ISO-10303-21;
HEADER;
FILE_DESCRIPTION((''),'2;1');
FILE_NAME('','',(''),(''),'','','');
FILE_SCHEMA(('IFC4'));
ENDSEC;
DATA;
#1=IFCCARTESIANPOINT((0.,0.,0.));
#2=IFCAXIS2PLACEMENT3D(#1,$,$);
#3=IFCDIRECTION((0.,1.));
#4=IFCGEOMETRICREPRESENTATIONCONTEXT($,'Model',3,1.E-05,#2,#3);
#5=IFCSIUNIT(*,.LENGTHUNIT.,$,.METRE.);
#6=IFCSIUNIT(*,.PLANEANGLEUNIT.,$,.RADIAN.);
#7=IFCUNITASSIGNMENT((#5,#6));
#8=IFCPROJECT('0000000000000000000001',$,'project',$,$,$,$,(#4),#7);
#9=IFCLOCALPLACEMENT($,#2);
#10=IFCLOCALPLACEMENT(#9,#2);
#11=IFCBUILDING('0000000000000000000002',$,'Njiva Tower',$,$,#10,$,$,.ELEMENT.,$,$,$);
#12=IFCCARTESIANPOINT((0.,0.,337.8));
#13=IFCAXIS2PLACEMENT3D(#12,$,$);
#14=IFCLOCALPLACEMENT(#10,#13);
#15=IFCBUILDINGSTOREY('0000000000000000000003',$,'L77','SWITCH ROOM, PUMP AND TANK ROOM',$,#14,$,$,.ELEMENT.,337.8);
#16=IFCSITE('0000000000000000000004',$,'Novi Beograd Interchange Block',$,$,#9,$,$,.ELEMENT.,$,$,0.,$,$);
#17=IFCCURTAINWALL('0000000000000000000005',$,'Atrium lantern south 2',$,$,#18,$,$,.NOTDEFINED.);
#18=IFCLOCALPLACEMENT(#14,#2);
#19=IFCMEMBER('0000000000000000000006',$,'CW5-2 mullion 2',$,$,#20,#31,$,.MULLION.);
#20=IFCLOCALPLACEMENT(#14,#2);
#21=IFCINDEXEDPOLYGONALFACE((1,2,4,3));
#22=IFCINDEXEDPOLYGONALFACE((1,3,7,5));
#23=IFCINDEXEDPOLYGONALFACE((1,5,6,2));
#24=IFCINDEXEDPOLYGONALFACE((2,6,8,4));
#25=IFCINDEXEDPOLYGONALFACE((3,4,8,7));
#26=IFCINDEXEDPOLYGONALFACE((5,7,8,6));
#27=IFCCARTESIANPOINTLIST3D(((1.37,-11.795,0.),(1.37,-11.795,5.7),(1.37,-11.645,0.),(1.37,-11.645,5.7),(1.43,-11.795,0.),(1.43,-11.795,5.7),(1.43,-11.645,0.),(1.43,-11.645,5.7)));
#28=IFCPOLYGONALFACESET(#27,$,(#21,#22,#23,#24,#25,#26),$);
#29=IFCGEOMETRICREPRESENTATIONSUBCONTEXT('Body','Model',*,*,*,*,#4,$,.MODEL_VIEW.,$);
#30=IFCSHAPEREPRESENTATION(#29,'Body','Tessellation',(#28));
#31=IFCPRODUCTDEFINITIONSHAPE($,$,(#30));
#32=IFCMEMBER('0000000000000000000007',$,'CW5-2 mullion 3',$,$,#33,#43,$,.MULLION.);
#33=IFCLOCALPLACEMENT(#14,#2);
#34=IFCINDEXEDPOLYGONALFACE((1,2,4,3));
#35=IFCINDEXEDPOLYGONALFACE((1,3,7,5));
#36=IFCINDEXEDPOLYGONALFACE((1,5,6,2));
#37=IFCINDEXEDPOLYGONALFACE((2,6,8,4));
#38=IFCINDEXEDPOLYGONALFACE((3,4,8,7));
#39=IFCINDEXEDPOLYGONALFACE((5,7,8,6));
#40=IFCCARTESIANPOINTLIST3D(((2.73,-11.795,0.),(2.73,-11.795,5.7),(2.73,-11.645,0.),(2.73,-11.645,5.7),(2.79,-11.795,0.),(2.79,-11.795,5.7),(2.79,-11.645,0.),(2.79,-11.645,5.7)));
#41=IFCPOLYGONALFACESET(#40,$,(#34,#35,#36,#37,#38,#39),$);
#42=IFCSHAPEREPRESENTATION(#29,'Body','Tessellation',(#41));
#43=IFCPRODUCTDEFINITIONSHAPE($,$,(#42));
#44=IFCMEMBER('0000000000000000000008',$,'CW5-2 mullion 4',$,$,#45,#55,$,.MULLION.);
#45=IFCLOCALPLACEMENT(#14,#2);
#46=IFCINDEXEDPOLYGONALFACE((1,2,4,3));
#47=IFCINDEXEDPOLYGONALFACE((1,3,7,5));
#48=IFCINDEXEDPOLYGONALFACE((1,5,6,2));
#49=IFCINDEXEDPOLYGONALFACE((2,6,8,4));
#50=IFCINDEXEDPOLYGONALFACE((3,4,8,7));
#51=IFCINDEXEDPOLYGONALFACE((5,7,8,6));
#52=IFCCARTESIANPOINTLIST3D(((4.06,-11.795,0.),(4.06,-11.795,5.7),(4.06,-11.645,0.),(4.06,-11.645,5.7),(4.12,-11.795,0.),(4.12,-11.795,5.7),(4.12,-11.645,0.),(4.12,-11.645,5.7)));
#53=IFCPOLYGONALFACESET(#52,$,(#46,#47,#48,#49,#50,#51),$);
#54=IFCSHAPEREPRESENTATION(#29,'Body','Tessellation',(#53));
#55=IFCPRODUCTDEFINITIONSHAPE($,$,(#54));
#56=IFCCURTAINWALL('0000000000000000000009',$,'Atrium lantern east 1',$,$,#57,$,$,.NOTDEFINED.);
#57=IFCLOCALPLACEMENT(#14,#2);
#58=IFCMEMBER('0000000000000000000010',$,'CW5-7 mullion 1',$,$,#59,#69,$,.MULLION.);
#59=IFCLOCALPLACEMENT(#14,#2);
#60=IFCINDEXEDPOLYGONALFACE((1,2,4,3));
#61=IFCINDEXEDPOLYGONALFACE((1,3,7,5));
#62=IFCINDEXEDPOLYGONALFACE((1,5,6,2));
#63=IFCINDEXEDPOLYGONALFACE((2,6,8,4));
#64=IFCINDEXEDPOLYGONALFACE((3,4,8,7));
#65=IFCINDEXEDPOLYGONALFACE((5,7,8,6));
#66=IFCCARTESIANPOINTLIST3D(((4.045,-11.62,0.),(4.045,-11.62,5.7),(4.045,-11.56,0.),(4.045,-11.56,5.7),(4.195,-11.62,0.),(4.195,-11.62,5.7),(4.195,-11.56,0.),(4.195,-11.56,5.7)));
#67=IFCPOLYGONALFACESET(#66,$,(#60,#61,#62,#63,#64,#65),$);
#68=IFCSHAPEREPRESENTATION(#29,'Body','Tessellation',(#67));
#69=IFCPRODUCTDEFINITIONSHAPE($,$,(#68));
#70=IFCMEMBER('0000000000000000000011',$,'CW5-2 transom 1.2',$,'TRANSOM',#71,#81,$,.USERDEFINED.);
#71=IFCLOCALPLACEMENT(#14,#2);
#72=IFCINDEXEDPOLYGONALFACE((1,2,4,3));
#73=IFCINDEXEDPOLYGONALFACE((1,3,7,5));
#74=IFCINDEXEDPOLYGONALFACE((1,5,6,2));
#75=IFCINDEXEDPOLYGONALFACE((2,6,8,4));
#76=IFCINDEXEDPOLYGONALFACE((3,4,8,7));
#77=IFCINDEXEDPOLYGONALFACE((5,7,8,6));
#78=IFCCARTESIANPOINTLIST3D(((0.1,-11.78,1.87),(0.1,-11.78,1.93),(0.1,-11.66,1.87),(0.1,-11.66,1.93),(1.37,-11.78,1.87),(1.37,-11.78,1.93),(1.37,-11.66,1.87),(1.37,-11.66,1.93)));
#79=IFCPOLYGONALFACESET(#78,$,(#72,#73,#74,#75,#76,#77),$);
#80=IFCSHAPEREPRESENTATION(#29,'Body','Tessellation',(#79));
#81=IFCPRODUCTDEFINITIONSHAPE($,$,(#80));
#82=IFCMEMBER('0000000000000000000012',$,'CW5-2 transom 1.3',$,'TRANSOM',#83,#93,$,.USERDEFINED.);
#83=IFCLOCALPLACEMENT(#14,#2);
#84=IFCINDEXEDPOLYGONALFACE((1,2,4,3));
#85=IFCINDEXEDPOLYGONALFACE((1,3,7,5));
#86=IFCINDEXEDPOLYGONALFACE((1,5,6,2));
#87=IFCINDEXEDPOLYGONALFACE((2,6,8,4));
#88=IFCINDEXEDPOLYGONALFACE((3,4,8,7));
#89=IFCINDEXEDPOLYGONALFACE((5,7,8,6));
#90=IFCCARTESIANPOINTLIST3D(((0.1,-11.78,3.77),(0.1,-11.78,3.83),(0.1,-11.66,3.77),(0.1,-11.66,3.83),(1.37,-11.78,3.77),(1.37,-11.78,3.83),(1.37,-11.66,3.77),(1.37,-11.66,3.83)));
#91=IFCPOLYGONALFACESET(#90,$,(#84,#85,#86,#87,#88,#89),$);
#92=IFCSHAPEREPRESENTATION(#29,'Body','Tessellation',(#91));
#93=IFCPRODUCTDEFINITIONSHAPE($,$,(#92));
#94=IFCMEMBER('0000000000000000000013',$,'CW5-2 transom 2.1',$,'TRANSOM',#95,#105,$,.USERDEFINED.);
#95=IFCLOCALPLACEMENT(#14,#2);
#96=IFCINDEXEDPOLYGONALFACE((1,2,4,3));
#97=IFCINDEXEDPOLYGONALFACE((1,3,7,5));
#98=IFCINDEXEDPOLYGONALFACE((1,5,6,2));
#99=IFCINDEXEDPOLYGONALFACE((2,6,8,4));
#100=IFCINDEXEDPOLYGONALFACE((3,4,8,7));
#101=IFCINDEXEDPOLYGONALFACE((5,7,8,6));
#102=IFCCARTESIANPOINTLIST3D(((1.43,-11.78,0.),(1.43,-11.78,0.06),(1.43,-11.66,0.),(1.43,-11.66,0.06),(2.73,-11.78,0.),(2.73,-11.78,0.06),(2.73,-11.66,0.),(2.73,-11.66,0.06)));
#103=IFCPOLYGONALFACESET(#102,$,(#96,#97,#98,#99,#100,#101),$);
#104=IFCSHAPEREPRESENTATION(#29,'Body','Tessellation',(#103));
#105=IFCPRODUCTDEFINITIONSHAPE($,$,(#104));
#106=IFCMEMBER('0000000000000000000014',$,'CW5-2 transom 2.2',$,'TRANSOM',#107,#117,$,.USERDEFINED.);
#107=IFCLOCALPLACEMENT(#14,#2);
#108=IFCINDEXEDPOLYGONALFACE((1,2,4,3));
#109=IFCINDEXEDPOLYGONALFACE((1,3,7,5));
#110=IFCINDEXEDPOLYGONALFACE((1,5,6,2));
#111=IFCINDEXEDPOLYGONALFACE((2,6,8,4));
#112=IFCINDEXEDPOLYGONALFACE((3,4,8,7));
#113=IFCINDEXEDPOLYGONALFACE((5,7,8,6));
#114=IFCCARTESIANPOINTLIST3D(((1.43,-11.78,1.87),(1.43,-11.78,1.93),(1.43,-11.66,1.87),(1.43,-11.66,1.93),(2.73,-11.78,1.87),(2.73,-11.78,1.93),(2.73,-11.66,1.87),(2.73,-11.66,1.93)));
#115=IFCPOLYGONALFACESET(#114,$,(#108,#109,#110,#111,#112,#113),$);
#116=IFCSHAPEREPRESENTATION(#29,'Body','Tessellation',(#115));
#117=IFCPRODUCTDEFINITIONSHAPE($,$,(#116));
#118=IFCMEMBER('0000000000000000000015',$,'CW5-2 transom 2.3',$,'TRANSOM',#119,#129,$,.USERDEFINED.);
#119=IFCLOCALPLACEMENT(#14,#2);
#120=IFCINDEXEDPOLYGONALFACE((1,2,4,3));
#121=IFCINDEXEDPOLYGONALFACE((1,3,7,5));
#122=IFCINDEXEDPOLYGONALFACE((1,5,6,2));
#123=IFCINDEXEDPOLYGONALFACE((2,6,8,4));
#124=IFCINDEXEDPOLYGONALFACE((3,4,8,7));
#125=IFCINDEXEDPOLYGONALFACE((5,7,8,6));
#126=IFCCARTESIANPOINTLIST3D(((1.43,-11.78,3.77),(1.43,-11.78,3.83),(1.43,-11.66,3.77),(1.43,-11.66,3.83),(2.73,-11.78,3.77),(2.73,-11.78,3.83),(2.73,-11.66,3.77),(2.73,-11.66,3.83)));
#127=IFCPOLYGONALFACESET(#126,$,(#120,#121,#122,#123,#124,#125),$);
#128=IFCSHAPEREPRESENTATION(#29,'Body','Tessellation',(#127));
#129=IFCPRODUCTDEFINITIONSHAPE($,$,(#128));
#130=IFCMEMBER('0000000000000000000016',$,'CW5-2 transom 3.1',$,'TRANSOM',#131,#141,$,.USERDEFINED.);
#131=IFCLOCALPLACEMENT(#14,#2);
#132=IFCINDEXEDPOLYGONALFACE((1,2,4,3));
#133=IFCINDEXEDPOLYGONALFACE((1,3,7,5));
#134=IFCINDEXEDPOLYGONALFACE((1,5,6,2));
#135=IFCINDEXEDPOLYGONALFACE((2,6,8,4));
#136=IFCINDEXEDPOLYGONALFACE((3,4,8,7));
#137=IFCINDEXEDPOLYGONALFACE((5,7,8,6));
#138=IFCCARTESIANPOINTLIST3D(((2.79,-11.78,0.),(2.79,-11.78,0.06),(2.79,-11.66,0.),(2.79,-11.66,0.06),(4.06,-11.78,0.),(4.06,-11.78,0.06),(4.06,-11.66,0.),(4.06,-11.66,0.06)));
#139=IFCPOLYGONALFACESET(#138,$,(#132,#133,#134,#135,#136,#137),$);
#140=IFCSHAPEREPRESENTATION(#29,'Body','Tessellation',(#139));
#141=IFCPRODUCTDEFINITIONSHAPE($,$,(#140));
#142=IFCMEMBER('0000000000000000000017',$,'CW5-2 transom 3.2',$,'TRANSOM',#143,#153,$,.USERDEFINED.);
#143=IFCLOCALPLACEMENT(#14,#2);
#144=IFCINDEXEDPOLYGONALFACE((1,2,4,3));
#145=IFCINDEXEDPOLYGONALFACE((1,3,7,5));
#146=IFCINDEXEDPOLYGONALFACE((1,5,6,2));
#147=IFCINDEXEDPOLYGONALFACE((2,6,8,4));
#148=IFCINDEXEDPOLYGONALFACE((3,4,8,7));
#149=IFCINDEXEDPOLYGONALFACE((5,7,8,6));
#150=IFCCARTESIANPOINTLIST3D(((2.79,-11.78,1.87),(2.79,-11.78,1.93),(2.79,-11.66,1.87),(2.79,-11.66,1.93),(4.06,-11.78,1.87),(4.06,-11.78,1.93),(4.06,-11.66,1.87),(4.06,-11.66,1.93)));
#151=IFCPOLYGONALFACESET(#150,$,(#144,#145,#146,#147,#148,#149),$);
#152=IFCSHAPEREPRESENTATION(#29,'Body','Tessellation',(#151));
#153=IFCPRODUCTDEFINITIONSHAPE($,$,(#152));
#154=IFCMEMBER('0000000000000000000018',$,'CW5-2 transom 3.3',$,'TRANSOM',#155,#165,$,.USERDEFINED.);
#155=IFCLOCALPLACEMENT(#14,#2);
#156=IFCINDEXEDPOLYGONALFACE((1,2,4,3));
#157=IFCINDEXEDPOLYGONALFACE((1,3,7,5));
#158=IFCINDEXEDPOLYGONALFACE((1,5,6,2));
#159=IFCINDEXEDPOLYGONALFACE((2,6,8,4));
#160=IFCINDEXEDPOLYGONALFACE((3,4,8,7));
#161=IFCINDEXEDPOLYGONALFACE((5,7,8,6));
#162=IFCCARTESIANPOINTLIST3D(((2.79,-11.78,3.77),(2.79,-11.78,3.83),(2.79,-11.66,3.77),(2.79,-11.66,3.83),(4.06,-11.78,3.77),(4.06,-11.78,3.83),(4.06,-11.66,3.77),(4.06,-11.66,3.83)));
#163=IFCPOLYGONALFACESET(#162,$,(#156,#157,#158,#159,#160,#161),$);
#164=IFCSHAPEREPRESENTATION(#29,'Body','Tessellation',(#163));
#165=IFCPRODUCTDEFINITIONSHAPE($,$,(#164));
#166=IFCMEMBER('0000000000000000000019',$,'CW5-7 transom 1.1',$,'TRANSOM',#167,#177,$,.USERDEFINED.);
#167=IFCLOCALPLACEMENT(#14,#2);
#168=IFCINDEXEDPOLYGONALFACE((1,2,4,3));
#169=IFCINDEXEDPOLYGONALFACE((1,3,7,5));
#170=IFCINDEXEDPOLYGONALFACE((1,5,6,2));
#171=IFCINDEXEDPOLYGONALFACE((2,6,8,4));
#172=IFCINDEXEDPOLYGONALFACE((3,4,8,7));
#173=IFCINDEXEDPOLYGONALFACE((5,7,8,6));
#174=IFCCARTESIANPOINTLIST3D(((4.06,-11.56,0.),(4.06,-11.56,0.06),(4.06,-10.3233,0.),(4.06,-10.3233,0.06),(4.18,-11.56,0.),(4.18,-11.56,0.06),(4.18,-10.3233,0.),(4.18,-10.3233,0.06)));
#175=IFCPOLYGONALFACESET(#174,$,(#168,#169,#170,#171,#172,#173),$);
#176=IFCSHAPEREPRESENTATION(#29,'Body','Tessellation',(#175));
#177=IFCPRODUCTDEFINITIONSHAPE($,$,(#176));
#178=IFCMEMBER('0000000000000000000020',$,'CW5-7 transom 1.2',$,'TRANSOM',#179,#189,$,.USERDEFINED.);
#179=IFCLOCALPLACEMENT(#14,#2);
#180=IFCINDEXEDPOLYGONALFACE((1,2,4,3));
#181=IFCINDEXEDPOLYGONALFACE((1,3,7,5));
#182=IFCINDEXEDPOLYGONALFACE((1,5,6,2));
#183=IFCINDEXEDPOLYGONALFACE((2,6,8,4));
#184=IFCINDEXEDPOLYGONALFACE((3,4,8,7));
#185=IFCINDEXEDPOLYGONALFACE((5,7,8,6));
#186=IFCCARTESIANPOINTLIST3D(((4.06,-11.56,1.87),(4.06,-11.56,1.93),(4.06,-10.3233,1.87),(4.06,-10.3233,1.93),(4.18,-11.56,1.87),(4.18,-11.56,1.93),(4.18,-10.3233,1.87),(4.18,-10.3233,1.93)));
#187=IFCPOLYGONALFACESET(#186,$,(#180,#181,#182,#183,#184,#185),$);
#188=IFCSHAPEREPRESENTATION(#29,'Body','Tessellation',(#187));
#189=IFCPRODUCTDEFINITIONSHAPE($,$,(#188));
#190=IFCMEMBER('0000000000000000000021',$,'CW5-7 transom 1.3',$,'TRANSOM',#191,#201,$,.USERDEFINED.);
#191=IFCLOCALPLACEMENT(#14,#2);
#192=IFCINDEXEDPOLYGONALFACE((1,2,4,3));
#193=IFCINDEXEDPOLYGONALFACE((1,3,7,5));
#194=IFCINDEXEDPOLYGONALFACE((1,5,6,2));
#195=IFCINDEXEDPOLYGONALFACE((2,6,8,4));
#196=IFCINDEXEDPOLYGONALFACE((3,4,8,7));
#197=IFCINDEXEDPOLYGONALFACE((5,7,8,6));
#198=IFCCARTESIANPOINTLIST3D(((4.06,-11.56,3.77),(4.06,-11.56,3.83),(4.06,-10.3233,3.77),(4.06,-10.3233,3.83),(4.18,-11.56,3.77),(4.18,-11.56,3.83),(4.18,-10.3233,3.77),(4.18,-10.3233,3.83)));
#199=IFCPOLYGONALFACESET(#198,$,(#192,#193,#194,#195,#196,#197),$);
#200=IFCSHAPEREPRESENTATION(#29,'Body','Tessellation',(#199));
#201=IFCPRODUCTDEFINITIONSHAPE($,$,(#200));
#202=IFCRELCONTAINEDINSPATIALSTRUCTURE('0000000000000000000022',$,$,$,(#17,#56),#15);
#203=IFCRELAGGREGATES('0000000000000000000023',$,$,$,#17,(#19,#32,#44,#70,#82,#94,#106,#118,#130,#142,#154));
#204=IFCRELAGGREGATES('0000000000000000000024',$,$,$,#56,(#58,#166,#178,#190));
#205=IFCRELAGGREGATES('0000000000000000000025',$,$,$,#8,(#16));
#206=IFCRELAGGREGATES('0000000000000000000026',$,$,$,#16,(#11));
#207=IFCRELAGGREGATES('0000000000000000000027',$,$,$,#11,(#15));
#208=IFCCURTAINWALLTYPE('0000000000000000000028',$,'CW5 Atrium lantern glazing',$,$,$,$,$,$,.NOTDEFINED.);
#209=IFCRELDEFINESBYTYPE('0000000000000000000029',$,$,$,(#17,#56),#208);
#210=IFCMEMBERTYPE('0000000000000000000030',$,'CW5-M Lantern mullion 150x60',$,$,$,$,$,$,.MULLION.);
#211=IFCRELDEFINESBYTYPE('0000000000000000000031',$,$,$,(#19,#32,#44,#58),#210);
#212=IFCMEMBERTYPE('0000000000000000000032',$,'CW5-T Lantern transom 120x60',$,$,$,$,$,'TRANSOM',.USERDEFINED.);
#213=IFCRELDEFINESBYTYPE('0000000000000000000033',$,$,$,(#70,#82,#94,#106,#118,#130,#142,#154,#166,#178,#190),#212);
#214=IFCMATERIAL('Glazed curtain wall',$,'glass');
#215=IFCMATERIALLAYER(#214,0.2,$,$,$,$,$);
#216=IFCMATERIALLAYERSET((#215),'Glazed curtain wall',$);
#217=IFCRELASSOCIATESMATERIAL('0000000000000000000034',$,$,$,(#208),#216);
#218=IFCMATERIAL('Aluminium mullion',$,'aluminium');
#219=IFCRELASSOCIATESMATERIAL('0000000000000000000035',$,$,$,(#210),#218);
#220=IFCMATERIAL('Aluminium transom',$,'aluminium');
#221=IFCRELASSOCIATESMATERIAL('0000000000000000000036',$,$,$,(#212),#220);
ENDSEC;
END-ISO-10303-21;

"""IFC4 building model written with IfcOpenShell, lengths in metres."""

from ifc_helpers import new_model, si_unit, direction, frame, origin, origin_2d, place, context, subcontext, project, spatial, rectangle, extrude, material, layer, layer_set, material_profile, profile_set, type_object, element, aggregate, save


model = new_model("IFC4")

# Units and contexts
model_context = context("Model", 3, precision=1e-05, world=origin(), true_north=direction((0.0, 1.0)))
body_context = subcontext(model_context, "Body", "Model", "MODEL_VIEW")
ifc_project = project(units=[si_unit("LENGTHUNIT", "METRE"), si_unit("PLANEANGLEUNIT", "RADIAN")], contexts=[model_context])

# Site, building, storey
site_placement = place(None, origin())
site = spatial("IfcSite", under=ifc_project, at=site_placement, Name="Novi Beograd Interchange Block", CompositionType="ELEMENT", RefElevation=0.0)
building_placement = place(site_placement, origin())
building = spatial("IfcBuilding", under=site, at=building_placement, Name="Njiva Tower", CompositionType="ELEMENT")
storey_placement = place(building_placement, frame((0.0, 0.0, 337.8)))
storey = spatial("IfcBuildingStorey", under=building, at=storey_placement, Name="L77", Description="SWITCH ROOM, PUMP AND TANK ROOM", CompositionType="ELEMENT", Elevation=337.8)

# Curtain wall, members
ifc_material_1 = material(Name="Glazed curtain wall", Category="glass")
ifc_layer_1 = layer(ifc_material_1, 0.2)
ifc_layer_set_1 = layer_set([ifc_layer_1], Name="Glazed curtain wall")
curtain_wall_type = type_object("IfcCurtainWallType", Name="CW5 Atrium lantern glazing", PredefinedType="NOTDEFINED", material=ifc_layer_set_1)
curtain_wall_1_placement = place(storey_placement, origin())
curtain_wall_1 = element("IfcCurtainWall", 1, at=curtain_wall_1_placement, inside=storey, type_object=curtain_wall_type, Name="Atrium lantern south 2", PredefinedType="NOTDEFINED")
ifc_material_2 = material(Name="Aluminium mullion", Category="aluminium")
ifc_material_profile_1 = material_profile(ifc_material_2, rectangle(XDim=0.15, YDim=0.06, at=origin_2d()), Name="RECT 150x60")
ifc_profile_set_1 = profile_set([ifc_material_profile_1], Name="Aluminium mullion")
member_type_1 = type_object("IfcMemberType", Name="CW5-M Lantern mullion 150x60", PredefinedType="MULLION", material=ifc_profile_set_1)
member_1_placement = place(storey_placement, frame((1.4, -11.72, 0.0), z_axis=(0.0, 0.0, 1.0), x_axis=(0.0, 1.0, 0.0)))
member_1 = element("IfcMember", 2, at=member_1_placement, type_object=member_type_1, Name="CW5-2 mullion 2", PredefinedType="MULLION", context=body_context, shape_type="SweptSolid", body=[
    extrude(rectangle(XDim=0.15, YDim=0.06, at=origin_2d()), origin(), (0.0, 0.0, 1.0), 5.7),
])
member_2_placement = place(storey_placement, frame((2.76, -11.72, 0.0), z_axis=(0.0, 0.0, 1.0), x_axis=(0.0, 1.0, 0.0)))
member_2 = element("IfcMember", 3, at=member_2_placement, type_object=member_type_1, Name="CW5-2 mullion 3", PredefinedType="MULLION", context=body_context, shape_type="SweptSolid", body=[
    extrude(rectangle(XDim=0.15, YDim=0.06, at=origin_2d()), origin(), (0.0, 0.0, 1.0), 5.7),
])
member_3_placement = place(storey_placement, frame((4.09, -11.72, 0.0), z_axis=(0.0, 0.0, 1.0), x_axis=(0.0, 1.0, 0.0)))
member_3 = element("IfcMember", 4, at=member_3_placement, type_object=member_type_1, Name="CW5-2 mullion 4", PredefinedType="MULLION", context=body_context, shape_type="SweptSolid", body=[
    extrude(rectangle(XDim=0.15, YDim=0.06, at=origin_2d()), origin(), (0.0, 0.0, 1.0), 5.7),
])

# Curtain wall, member
curtain_wall_2_placement = place(storey_placement, origin())
curtain_wall_2 = element("IfcCurtainWall", 5, at=curtain_wall_2_placement, inside=storey, type_object=curtain_wall_type, Name="Atrium lantern east 1", PredefinedType="NOTDEFINED")
member_4_placement = place(storey_placement, frame((4.12, -11.59, 0.0), z_axis=(0.0, 0.0, 1.0), x_axis=(-1.0, 0.0, 0.0)))
member_4 = element("IfcMember", 6, at=member_4_placement, type_object=member_type_1, Name="CW5-7 mullion 1", PredefinedType="MULLION", context=body_context, shape_type="SweptSolid", body=[
    extrude(rectangle(XDim=0.15, YDim=0.06, at=origin_2d()), origin(), (0.0, 0.0, 1.0), 5.7),
])

# Members
ifc_material_3 = material(Name="Aluminium transom", Category="aluminium")
ifc_material_profile_2 = material_profile(ifc_material_3, rectangle(XDim=0.12, YDim=0.06, at=origin_2d()), Name="RECT 120x60")
ifc_profile_set_2 = profile_set([ifc_material_profile_2], Name="Aluminium transom")
member_type_2 = type_object("IfcMemberType", Name="CW5-T Lantern transom 120x60", ElementType="TRANSOM", PredefinedType="USERDEFINED", material=ifc_profile_set_2)
member_5_placement = place(storey_placement, frame((0.1, -11.72, 1.9), z_axis=(1.0, 0.0, 0.0), x_axis=(0.0, 1.0, 0.0)))
member_5 = element("IfcMember", 7, at=member_5_placement, type_object=member_type_2, Name="CW5-2 transom 1.2", ObjectType="TRANSOM", PredefinedType="USERDEFINED", context=body_context, shape_type="SweptSolid", body=[
    extrude(rectangle(XDim=0.12, YDim=0.06, at=origin_2d()), origin(), (0.0, 0.0, 1.0), 1.27),
])
member_6_placement = place(storey_placement, frame((0.1, -11.72, 3.8), z_axis=(1.0, 0.0, 0.0), x_axis=(0.0, 1.0, 0.0)))
member_6 = element("IfcMember", 8, at=member_6_placement, type_object=member_type_2, Name="CW5-2 transom 1.3", ObjectType="TRANSOM", PredefinedType="USERDEFINED", context=body_context, shape_type="SweptSolid", body=[
    extrude(rectangle(XDim=0.12, YDim=0.06, at=origin_2d()), origin(), (0.0, 0.0, 1.0), 1.27),
])
member_7_placement = place(storey_placement, frame((1.43, -11.72, 0.03), z_axis=(1.0, 0.0, 0.0), x_axis=(0.0, 1.0, 0.0)))
member_7 = element("IfcMember", 9, at=member_7_placement, type_object=member_type_2, Name="CW5-2 transom 2.1", ObjectType="TRANSOM", PredefinedType="USERDEFINED", context=body_context, shape_type="SweptSolid", body=[
    extrude(rectangle(XDim=0.12, YDim=0.06, at=origin_2d()), origin(), (0.0, 0.0, 1.0), 1.3),
])
member_8_placement = place(storey_placement, frame((1.43, -11.72, 1.9), z_axis=(1.0, 0.0, 0.0), x_axis=(0.0, 1.0, 0.0)))
member_8 = element("IfcMember", 10, at=member_8_placement, type_object=member_type_2, Name="CW5-2 transom 2.2", ObjectType="TRANSOM", PredefinedType="USERDEFINED", context=body_context, shape_type="SweptSolid", body=[
    extrude(rectangle(XDim=0.12, YDim=0.06, at=origin_2d()), origin(), (0.0, 0.0, 1.0), 1.3),
])
member_9_placement = place(storey_placement, frame((1.43, -11.72, 3.8), z_axis=(1.0, 0.0, 0.0), x_axis=(0.0, 1.0, 0.0)))
member_9 = element("IfcMember", 11, at=member_9_placement, type_object=member_type_2, Name="CW5-2 transom 2.3", ObjectType="TRANSOM", PredefinedType="USERDEFINED", context=body_context, shape_type="SweptSolid", body=[
    extrude(rectangle(XDim=0.12, YDim=0.06, at=origin_2d()), origin(), (0.0, 0.0, 1.0), 1.3),
])
member_10_placement = place(storey_placement, frame((2.79, -11.72, 0.03), z_axis=(1.0, 0.0, 0.0), x_axis=(0.0, 1.0, 0.0)))
member_10 = element("IfcMember", 12, at=member_10_placement, type_object=member_type_2, Name="CW5-2 transom 3.1", ObjectType="TRANSOM", PredefinedType="USERDEFINED", context=body_context, shape_type="SweptSolid", body=[
    extrude(rectangle(XDim=0.12, YDim=0.06, at=origin_2d()), origin(), (0.0, 0.0, 1.0), 1.27),
])
member_11_placement = place(storey_placement, frame((2.79, -11.72, 1.9), z_axis=(1.0, 0.0, 0.0), x_axis=(0.0, 1.0, 0.0)))
member_11 = element("IfcMember", 13, at=member_11_placement, type_object=member_type_2, Name="CW5-2 transom 3.2", ObjectType="TRANSOM", PredefinedType="USERDEFINED", context=body_context, shape_type="SweptSolid", body=[
    extrude(rectangle(XDim=0.12, YDim=0.06, at=origin_2d()), origin(), (0.0, 0.0, 1.0), 1.27),
])
member_12_placement = place(storey_placement, frame((2.79, -11.72, 3.8), z_axis=(1.0, 0.0, 0.0), x_axis=(0.0, 1.0, 0.0)))
member_12 = element("IfcMember", 14, at=member_12_placement, type_object=member_type_2, Name="CW5-2 transom 3.3", ObjectType="TRANSOM", PredefinedType="USERDEFINED", context=body_context, shape_type="SweptSolid", body=[
    extrude(rectangle(XDim=0.12, YDim=0.06, at=origin_2d()), origin(), (0.0, 0.0, 1.0), 1.27),
])
member_13_placement = place(storey_placement, frame((4.12, -11.56, 0.03), z_axis=(0.0, 1.0, 0.0), x_axis=(-1.0, 0.0, 0.0)))
member_13 = element("IfcMember", 15, at=member_13_placement, type_object=member_type_2, Name="CW5-7 transom 1.1", ObjectType="TRANSOM", PredefinedType="USERDEFINED", context=body_context, shape_type="SweptSolid", body=[
    extrude(rectangle(XDim=0.12, YDim=0.06, at=origin_2d()), origin(), (0.0, 0.0, 1.0), 1.2367),
])
member_14_placement = place(storey_placement, frame((4.12, -11.56, 1.9), z_axis=(0.0, 1.0, 0.0), x_axis=(-1.0, 0.0, 0.0)))
member_14 = element("IfcMember", 16, at=member_14_placement, type_object=member_type_2, Name="CW5-7 transom 1.2", ObjectType="TRANSOM", PredefinedType="USERDEFINED", context=body_context, shape_type="SweptSolid", body=[
    extrude(rectangle(XDim=0.12, YDim=0.06, at=origin_2d()), origin(), (0.0, 0.0, 1.0), 1.2367),
])
member_15_placement = place(storey_placement, frame((4.12, -11.56, 3.8), z_axis=(0.0, 1.0, 0.0), x_axis=(-1.0, 0.0, 0.0)))
member_15 = element("IfcMember", 17, at=member_15_placement, type_object=member_type_2, Name="CW5-7 transom 1.3", ObjectType="TRANSOM", PredefinedType="USERDEFINED", context=body_context, shape_type="SweptSolid", body=[
    extrude(rectangle(XDim=0.12, YDim=0.06, at=origin_2d()), origin(), (0.0, 0.0, 1.0), 1.2367),
])

aggregate(curtain_wall_1, [member_1, member_2, member_3, member_5, member_6, member_7, member_8, member_9, member_10, member_11, member_12])
aggregate(curtain_wall_2, [member_4, member_13, member_14, member_15])

save(model, "model.ifc")
